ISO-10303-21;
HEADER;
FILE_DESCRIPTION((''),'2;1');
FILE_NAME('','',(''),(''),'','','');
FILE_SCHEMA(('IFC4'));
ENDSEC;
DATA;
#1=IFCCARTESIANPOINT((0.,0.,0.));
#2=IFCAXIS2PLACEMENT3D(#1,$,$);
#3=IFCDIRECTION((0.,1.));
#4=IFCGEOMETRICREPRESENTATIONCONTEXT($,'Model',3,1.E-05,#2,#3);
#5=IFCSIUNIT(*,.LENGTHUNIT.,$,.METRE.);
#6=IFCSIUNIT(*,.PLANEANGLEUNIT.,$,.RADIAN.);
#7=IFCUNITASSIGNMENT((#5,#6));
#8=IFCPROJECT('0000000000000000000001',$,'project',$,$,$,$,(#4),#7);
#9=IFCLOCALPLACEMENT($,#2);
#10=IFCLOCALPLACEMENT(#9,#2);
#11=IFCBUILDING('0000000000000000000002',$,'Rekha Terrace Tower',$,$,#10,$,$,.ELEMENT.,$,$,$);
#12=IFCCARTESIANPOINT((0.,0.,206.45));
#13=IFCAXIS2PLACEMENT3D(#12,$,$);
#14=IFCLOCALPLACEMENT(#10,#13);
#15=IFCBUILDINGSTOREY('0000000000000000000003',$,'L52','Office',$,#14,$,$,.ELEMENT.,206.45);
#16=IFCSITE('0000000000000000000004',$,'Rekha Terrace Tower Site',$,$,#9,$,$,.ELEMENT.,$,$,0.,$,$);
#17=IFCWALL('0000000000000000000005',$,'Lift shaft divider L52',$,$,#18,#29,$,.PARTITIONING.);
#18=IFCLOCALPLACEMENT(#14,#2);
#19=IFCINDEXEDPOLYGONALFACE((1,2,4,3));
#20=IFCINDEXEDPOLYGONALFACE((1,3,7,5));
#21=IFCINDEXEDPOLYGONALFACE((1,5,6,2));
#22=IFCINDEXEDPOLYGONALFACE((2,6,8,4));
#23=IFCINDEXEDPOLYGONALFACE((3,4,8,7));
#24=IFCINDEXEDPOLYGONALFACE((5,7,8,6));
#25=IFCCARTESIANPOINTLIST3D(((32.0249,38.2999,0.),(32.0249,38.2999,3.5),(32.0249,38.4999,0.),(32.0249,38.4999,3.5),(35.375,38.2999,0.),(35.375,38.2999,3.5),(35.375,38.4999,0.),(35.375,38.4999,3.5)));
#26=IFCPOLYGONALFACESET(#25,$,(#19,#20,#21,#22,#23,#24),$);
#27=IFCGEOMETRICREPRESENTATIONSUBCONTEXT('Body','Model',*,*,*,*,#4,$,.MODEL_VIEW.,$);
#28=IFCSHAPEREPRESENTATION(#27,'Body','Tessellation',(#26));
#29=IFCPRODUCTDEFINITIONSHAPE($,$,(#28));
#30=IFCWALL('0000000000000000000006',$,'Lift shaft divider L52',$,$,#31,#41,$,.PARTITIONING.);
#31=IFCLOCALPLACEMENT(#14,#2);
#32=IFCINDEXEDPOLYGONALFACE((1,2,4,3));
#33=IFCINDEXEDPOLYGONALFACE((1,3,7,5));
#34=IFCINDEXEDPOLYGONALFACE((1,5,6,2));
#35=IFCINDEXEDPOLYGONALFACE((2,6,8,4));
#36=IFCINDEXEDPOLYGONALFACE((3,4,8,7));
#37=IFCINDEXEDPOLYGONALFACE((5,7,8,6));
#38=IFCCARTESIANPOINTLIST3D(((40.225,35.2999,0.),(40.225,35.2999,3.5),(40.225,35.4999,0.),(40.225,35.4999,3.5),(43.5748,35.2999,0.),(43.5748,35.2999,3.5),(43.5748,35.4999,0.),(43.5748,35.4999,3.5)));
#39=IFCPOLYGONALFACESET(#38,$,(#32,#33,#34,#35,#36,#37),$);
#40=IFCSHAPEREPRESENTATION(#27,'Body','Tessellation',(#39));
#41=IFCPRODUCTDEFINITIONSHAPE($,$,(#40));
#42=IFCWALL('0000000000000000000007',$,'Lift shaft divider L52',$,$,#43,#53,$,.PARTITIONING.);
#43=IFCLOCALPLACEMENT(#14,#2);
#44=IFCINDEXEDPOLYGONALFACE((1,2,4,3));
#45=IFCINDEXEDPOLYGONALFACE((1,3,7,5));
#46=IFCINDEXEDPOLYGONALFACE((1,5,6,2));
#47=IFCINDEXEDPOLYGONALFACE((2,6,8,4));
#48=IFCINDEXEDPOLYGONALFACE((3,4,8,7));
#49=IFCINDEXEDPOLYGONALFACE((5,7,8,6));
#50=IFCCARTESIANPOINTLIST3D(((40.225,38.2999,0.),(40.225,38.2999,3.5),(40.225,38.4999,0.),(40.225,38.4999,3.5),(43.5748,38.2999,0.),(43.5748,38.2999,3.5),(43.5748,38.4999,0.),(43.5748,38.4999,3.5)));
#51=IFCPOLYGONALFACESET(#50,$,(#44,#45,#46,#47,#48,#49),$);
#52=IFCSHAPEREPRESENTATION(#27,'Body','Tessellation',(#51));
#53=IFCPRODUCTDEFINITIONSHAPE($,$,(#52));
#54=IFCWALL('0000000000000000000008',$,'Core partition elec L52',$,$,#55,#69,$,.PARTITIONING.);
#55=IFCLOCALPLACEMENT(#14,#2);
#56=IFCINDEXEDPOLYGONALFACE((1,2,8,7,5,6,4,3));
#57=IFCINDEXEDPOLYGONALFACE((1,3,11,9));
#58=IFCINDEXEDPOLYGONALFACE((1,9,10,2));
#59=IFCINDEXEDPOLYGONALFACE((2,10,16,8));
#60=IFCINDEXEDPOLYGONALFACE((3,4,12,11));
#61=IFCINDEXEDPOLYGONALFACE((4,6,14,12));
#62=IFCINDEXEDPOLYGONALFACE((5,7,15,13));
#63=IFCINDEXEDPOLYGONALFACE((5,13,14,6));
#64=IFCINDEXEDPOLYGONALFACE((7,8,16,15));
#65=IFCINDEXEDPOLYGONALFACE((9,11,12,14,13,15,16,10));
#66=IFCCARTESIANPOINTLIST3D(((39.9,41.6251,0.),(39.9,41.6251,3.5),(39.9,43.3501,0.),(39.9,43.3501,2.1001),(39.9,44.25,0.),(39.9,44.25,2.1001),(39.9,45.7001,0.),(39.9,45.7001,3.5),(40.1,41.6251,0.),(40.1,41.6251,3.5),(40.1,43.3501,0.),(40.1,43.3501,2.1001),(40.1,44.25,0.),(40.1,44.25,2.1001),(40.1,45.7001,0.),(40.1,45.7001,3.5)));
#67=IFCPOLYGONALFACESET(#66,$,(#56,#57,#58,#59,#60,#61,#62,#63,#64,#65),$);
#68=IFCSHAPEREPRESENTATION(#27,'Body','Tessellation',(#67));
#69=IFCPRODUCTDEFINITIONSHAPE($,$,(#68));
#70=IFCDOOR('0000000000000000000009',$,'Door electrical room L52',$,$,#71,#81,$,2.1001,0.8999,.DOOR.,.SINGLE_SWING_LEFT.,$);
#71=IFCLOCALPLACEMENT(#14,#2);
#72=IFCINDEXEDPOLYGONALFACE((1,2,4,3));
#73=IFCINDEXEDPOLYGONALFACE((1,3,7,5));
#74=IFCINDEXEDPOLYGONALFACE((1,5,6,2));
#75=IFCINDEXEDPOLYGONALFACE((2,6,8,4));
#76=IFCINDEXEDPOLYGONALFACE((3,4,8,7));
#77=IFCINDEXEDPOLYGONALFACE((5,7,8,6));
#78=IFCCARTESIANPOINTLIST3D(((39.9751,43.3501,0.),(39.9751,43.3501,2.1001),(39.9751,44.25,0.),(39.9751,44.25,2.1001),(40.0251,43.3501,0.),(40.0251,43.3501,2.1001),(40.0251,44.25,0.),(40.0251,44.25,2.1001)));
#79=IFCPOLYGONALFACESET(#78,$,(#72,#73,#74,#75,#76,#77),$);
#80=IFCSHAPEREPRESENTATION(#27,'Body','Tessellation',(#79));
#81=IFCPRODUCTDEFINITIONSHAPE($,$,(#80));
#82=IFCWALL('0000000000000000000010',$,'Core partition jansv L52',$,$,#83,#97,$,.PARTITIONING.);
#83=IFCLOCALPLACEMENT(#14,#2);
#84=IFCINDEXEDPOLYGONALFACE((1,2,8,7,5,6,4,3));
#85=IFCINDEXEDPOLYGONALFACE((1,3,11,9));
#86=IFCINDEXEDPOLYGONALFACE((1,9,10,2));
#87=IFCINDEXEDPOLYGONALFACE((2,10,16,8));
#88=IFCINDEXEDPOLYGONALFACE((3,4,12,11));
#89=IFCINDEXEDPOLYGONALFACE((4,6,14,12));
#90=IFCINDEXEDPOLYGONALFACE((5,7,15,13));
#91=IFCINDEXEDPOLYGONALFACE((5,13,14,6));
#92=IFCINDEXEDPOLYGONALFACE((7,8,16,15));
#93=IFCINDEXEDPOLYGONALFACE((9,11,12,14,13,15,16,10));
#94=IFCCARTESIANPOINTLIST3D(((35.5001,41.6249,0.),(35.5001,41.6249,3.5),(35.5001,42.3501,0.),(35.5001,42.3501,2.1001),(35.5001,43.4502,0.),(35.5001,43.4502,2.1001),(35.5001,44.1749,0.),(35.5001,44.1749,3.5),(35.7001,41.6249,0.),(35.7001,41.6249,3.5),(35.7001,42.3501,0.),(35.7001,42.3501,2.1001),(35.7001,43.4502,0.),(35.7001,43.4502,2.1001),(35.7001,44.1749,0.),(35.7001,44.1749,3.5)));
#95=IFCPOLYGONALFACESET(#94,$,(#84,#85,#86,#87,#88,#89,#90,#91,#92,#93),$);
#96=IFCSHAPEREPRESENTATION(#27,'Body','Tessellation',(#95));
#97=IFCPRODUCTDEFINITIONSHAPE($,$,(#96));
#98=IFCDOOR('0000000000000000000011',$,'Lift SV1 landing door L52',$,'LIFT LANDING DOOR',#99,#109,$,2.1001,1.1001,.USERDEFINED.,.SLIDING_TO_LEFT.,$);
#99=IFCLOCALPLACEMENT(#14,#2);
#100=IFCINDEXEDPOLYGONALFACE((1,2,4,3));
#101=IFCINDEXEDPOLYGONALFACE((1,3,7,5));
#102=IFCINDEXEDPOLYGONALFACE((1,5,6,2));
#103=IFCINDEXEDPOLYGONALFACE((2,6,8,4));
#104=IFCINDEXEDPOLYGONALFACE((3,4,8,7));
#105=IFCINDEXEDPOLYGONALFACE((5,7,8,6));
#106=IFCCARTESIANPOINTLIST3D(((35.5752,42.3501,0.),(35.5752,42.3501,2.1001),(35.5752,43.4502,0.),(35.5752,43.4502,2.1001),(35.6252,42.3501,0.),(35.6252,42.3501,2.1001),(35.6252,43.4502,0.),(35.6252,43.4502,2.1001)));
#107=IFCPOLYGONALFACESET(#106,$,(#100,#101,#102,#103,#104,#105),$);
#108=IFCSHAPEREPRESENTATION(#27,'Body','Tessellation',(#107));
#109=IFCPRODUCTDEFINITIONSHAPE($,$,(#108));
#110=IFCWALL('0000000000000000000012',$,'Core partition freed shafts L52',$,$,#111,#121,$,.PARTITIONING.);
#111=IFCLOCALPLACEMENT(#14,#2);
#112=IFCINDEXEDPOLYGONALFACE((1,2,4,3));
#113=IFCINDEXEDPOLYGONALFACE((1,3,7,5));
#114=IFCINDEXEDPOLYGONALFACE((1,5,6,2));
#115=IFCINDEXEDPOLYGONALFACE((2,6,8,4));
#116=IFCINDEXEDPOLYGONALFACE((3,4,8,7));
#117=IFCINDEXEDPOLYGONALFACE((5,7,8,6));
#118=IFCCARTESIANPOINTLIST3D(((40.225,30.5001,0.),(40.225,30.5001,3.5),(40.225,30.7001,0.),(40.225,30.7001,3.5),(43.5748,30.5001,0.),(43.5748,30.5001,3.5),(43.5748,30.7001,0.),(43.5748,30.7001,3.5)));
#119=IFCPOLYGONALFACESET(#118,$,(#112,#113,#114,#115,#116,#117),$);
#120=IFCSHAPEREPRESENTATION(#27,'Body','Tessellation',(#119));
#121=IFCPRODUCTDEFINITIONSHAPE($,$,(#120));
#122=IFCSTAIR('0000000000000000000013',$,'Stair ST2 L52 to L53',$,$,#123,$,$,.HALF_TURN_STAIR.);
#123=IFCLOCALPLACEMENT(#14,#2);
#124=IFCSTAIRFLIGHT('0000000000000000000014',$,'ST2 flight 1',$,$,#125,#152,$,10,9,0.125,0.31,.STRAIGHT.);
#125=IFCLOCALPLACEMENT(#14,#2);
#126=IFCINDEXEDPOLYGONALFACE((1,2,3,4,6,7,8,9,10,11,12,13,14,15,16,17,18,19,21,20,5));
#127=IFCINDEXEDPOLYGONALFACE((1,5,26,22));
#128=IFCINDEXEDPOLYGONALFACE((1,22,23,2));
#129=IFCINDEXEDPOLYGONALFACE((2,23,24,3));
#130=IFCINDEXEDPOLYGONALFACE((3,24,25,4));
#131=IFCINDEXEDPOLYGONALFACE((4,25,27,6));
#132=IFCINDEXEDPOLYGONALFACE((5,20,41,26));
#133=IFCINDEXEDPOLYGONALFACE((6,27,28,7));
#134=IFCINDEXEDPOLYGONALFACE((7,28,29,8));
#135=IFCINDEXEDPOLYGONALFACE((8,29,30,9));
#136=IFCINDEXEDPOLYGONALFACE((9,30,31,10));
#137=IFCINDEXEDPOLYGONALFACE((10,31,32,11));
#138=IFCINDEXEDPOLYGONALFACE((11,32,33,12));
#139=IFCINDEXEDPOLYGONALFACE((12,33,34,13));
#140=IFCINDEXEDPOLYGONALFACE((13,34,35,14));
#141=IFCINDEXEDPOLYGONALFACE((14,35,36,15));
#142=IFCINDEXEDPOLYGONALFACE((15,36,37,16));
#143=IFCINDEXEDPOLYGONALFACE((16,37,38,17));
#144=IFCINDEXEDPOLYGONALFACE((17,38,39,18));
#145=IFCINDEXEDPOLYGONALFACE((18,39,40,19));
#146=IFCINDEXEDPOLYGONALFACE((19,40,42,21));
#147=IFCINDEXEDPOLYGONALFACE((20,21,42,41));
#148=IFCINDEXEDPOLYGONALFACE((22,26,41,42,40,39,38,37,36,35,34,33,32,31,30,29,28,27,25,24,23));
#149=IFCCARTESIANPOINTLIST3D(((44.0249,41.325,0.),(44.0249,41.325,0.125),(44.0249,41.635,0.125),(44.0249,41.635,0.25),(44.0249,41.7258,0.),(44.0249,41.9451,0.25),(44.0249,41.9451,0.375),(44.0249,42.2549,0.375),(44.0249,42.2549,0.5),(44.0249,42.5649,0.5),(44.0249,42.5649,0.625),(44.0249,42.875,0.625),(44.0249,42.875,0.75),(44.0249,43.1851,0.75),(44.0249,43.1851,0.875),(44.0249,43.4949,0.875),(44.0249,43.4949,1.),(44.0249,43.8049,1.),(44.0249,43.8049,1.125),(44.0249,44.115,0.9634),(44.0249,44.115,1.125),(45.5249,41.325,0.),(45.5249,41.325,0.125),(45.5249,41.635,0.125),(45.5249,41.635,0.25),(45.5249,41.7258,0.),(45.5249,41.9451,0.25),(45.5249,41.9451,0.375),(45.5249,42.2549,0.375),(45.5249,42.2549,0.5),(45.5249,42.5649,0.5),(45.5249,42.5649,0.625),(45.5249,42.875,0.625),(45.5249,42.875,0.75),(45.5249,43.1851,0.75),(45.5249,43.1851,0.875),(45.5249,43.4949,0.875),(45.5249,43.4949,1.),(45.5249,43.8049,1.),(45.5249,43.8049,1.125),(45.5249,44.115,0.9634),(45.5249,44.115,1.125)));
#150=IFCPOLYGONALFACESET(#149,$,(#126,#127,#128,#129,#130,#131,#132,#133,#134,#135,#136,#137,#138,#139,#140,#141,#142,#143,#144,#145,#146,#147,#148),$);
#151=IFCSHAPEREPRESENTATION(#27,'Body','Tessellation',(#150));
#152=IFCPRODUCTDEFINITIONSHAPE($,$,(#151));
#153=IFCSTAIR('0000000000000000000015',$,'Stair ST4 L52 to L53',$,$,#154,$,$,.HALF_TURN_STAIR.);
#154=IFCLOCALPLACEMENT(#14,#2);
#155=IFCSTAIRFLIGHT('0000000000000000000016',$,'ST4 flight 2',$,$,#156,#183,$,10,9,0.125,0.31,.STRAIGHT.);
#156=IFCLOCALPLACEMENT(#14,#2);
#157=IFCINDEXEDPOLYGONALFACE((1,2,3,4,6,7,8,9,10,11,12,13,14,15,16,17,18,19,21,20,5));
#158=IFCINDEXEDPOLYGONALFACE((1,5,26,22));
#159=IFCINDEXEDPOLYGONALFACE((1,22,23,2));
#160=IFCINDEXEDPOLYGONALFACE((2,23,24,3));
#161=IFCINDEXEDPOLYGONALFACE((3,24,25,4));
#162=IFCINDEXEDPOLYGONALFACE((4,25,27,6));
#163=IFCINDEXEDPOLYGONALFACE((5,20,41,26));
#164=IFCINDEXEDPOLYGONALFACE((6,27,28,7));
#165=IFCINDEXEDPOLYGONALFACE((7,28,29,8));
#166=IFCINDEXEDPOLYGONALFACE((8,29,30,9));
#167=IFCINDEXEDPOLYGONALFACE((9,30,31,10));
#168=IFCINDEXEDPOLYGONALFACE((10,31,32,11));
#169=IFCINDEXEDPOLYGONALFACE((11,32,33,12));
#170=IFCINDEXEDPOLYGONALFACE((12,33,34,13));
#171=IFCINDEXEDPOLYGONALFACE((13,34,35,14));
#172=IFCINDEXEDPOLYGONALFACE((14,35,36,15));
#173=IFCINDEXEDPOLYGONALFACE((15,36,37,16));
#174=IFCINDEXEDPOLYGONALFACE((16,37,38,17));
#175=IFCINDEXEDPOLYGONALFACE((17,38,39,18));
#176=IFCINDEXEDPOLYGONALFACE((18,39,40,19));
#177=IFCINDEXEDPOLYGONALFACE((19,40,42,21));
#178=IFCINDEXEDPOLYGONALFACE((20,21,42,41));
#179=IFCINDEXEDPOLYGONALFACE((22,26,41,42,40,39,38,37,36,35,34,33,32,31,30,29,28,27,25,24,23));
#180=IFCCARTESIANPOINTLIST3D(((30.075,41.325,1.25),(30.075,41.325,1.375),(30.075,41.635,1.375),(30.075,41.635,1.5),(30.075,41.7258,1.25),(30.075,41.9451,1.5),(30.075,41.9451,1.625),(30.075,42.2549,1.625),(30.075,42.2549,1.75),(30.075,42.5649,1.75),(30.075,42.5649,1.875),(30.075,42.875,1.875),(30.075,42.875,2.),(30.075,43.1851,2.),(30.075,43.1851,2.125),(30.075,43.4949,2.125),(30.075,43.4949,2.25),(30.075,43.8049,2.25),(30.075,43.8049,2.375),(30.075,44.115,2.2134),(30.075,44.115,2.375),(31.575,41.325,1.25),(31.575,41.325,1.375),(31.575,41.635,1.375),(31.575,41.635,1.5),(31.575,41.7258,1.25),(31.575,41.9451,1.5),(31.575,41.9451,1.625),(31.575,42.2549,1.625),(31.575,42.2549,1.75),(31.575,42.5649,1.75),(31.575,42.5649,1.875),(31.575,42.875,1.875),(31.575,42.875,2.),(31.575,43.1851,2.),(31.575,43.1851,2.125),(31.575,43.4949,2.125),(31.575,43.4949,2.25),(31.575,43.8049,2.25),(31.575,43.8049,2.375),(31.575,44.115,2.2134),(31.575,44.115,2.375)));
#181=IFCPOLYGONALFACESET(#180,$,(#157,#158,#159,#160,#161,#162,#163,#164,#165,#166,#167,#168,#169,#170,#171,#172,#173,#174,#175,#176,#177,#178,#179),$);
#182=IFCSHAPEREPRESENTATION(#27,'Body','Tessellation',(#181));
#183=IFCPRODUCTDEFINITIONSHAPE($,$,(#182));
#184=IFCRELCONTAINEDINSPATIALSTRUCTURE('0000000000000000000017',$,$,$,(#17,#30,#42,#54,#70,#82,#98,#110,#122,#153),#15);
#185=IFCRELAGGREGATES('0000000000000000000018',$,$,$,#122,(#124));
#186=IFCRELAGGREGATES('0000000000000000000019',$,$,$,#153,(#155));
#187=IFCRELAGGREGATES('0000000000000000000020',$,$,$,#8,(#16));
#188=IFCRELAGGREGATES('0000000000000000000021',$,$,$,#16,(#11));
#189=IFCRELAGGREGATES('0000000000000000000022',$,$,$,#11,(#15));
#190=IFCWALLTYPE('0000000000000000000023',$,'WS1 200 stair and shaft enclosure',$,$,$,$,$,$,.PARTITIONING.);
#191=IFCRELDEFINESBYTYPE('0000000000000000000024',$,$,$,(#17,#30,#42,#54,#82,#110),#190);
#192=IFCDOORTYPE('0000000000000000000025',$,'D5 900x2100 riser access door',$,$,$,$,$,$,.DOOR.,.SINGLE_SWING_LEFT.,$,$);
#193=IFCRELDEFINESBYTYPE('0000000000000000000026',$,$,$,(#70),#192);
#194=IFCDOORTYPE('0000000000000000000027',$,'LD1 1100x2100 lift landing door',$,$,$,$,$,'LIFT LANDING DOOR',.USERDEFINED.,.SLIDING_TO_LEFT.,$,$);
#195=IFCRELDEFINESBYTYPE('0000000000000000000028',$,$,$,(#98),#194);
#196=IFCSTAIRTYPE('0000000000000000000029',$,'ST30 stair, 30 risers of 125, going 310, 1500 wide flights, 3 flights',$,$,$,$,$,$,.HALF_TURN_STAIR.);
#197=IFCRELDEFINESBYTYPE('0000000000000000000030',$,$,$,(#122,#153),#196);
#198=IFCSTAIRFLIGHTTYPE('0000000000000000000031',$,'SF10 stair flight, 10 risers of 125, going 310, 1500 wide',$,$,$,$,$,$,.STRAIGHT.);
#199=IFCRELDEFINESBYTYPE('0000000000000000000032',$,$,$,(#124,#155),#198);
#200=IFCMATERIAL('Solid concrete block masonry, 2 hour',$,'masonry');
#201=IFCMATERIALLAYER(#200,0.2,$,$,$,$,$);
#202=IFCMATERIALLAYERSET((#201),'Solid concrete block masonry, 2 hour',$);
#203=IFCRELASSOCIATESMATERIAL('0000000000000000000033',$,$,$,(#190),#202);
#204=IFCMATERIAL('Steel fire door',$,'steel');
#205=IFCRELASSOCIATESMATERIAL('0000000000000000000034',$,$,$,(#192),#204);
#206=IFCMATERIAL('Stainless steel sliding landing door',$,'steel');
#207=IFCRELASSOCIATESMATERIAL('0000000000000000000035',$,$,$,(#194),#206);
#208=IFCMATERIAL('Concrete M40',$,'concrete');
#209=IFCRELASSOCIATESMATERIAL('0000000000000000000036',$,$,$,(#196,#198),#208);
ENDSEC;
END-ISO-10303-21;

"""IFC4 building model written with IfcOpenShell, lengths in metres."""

from ifc_helpers import new_model, si_unit, direction, frame, frame_2d, origin, place, context, subcontext, project, spatial, polyline, rectangle, outline, extrude, material, layer, layer_set, type_object, element, fill, aggregate, save


model = new_model("IFC4")

# Units and contexts
model_context = context("Model", 3, precision=1e-05, world=origin(), true_north=direction((0.0, 1.0)))
body_context = subcontext(model_context, "Body", "Model", "MODEL_VIEW")
ifc_project = project(units=[si_unit("LENGTHUNIT", "METRE"), si_unit("PLANEANGLEUNIT", "RADIAN")], contexts=[model_context])

# Site, building, storey
site_placement = place(None, origin())
site = spatial("IfcSite", under=ifc_project, at=site_placement, Name="Rekha Terrace Tower Site", CompositionType="ELEMENT", RefElevation=0.0)
building_placement = place(site_placement, origin())
building = spatial("IfcBuilding", under=site, at=building_placement, Name="Rekha Terrace Tower", CompositionType="ELEMENT")
storey_placement = place(building_placement, frame((0.0, 0.0, 206.45)))
storey = spatial("IfcBuildingStorey", under=building, at=storey_placement, Name="L52", Description="Office", CompositionType="ELEMENT", Elevation=206.45)

# Shared definitions
ifc_material_1 = material(Name="Stainless steel sliding landing door", Category="steel")
ifc_material_2 = material(Name="Steel fire door", Category="steel")

# Walls
ifc_material_3 = material(Name="Solid concrete block masonry, 2 hour", Category="masonry")
ifc_layer_1 = layer(ifc_material_3, 0.2)
ifc_layer_set_1 = layer_set([ifc_layer_1], Name="Solid concrete block masonry, 2 hour")
wall_type_1 = type_object("IfcWallType", Name="WS1 200 stair and shaft enclosure", PredefinedType="PARTITIONING", material=ifc_layer_set_1)
for number, where, z_axis, x_axis, name in (
    (1, (32.0249, 38.3999, 0.0), (0.0, 0.0, 1.0), (1.0, 0.0, 0.0), "Lift shaft divider L52"),
):
    element("IfcWall", number, at=place(storey_placement, frame(where, z_axis=z_axis, x_axis=x_axis)), inside=storey, type_object=wall_type_1, Name=name, PredefinedType="PARTITIONING", context=body_context, shape_type="SweptSolid", body=[
        extrude(rectangle(XDim=3.3501, YDim=0.2, at=frame_2d((1.675, 0.0))), origin(), (0.0, 0.0, 1.0), 3.5),
    ])
for number, where, z_axis, x_axis, name in (
    (2, (40.2251, 35.3999, 0.0), (0.0, 0.0, 1.0), (1.0, 0.0, 0.0), "Lift shaft divider L52"),
    (3, (40.2251, 38.3999, 0.0), (0.0, 0.0, 1.0), (1.0, 0.0, 0.0), "Lift shaft divider L52"),
):
    element("IfcWall", number, at=place(storey_placement, frame(where, z_axis=z_axis, x_axis=x_axis)), inside=storey, type_object=wall_type_1, Name=name, PredefinedType="PARTITIONING", context=body_context, shape_type="SweptSolid", body=[
        extrude(rectangle(XDim=3.3499, YDim=0.2, at=frame_2d((1.6748, 0.0))), origin(), (0.0, 0.0, 1.0), 3.5),
    ])

# Walls, openings, doors
wall_1_placement = place(storey_placement, frame((40.0, 41.625, 0.0), z_axis=(0.0, 0.0, 1.0), x_axis=(0.0, 1.0, 0.0)))
wall_1 = element("IfcWall", 4, at=wall_1_placement, inside=storey, type_object=wall_type_1, Name="Core partition elec L52", PredefinedType="PARTITIONING", context=body_context, shape_type="SweptSolid", body=[
    extrude(rectangle(XDim=4.075, YDim=0.2, at=frame_2d((2.0376, 0.0))), origin(), (0.0, 0.0, 1.0), 3.5),
])
opening_1_placement = place(wall_1_placement, frame((1.7251, 0.0, 0.0)))
opening_1 = element("IfcOpeningElement", 5, at=opening_1_placement, cuts=wall_1, PredefinedType="OPENING", context=body_context, shape_type="SweptSolid", body=[
    extrude(rectangle(XDim=0.8999, YDim=2.1001, at=frame_2d((0.45, 1.05))), frame((0.0, 0.1099, 0.0), z_axis=(0.0, -1.0, 0.0), x_axis=(1.0, 0.0, 0.0)), (0.0, 0.0, 1.0), 0.22),
])
door_type_1 = type_object("IfcDoorType", Name="D5 900x2100 riser access door", OperationType="SINGLE_SWING_LEFT", PredefinedType="DOOR", material=ifc_material_2)
door_1_placement = place(opening_1_placement, origin())
door_1 = element("IfcDoor", 6, at=door_1_placement, inside=storey, type_object=door_type_1, Name="Door electrical room L52", OperationType="SINGLE_SWING_LEFT", OverallHeight=2.1001, OverallWidth=0.8999, PredefinedType="DOOR", context=body_context, shape_type="SweptSolid", body=[
    extrude(rectangle(XDim=0.8999, YDim=2.1001, at=frame_2d((0.45, 1.05))), frame((0.0, 0.0249, 0.0), z_axis=(0.0, -1.0, 0.0), x_axis=(1.0, 0.0, 0.0)), (0.0, 0.0, 1.0), 0.05),
])
fill(opening_1, door_1)
wall_2_placement = place(storey_placement, frame((35.6001, 41.625, 0.0), z_axis=(0.0, 0.0, 1.0), x_axis=(0.0, 1.0, 0.0)))
wall_2 = element("IfcWall", 7, at=wall_2_placement, inside=storey, type_object=wall_type_1, Name="Core partition jansv L52", PredefinedType="PARTITIONING", context=body_context, shape_type="SweptSolid", body=[
    extrude(rectangle(XDim=2.55, YDim=0.2, at=frame_2d((1.2749, 0.0))), origin(), (0.0, 0.0, 1.0), 3.5),
])
opening_2_placement = place(wall_2_placement, frame((0.7251, 0.0, 0.0)))
opening_2 = element("IfcOpeningElement", 8, at=opening_2_placement, cuts=wall_2, PredefinedType="OPENING", context=body_context, shape_type="SweptSolid", body=[
    extrude(rectangle(XDim=1.1001, YDim=2.1001, at=frame_2d((0.55, 1.05))), frame((0.0, 0.1099, 0.0), z_axis=(0.0, -1.0, 0.0), x_axis=(1.0, 0.0, 0.0)), (0.0, 0.0, 1.0), 0.22),
])
door_type_2 = type_object("IfcDoorType", Name="LD1 1100x2100 lift landing door", ElementType="LIFT LANDING DOOR", OperationType="SLIDING_TO_LEFT", PredefinedType="USERDEFINED", material=ifc_material_1)
door_2_placement = place(opening_2_placement, origin())
door_2 = element("IfcDoor", 9, at=door_2_placement, inside=storey, type_object=door_type_2, Name="Lift SV1 landing door L52", ObjectType="LIFT LANDING DOOR", OperationType="SLIDING_TO_LEFT", OverallHeight=2.1001, OverallWidth=1.1001, PredefinedType="USERDEFINED", context=body_context, shape_type="SweptSolid", body=[
    extrude(rectangle(XDim=1.1001, YDim=2.1001, at=frame_2d((0.55, 1.05))), frame((0.0, 0.0249, 0.0), z_axis=(0.0, -1.0, 0.0), x_axis=(1.0, 0.0, 0.0)), (0.0, 0.0, 1.0), 0.05),
])
fill(opening_2, door_2)

# Wall
wall_3_placement = place(storey_placement, frame((40.2251, 30.6001, 0.0), z_axis=(0.0, 0.0, 1.0), x_axis=(1.0, 0.0, 0.0)))
element("IfcWall", 10, at=wall_3_placement, inside=storey, type_object=wall_type_1, Name="Core partition freed shafts L52", PredefinedType="PARTITIONING", context=body_context, shape_type="SweptSolid", body=[
    extrude(rectangle(XDim=3.3499, YDim=0.2, at=frame_2d((1.6748, 0.0))), origin(), (0.0, 0.0, 1.0), 3.5),
])

# Stairs, stair flights
ifc_material_4 = material(Name="Concrete M40", Category="concrete")
stair_type = type_object("IfcStairType", Name="ST30 stair, 30 risers of 125, going 310, 1500 wide flights, 3 flights", PredefinedType="HALF_TURN_STAIR", material=ifc_material_4)
stair_1_placement = place(storey_placement, origin())
stair_1 = element("IfcStair", 11, at=stair_1_placement, inside=storey, type_object=stair_type, Name="Stair ST2 L52 to L53", PredefinedType="HALF_TURN_STAIR")
stair_flight_type = type_object("IfcStairFlightType", Name="SF10 stair flight, 10 risers of 125, going 310, 1500 wide", PredefinedType="STRAIGHT", material=ifc_material_4)
stair_flight_1_placement = place(storey_placement, frame((44.7749, 41.325, 0.0), z_axis=(0.0, 0.0, 1.0), x_axis=(0.0, 1.0, 0.0)))
stair_flight_1 = element("IfcStairFlight", 12, at=stair_flight_1_placement, type_object=stair_flight_type, Name="ST2 flight 1", NumberOfRisers=10, NumberOfTreads=9, PredefinedType="STRAIGHT", RiserHeight=0.125, TreadLength=0.31, context=body_context, shape_type="SweptSolid", body=[
    extrude(outline(polyline([(0.0, 0.0), (0.0, 0.125), (0.3101, 0.125), (0.3101, 0.25), (0.6201, 0.25), (0.6201, 0.375), (0.9299, 0.375), (0.9299, 0.5), (1.24, 0.5), (1.24, 0.625), (1.55, 0.625), (1.55, 0.75), (1.8601, 0.75), (1.8601, 0.875), (2.1699, 0.875), (2.1699, 1.0), (2.48, 1.0), (2.48, 1.125), (2.79, 1.125), (2.79, 1.25), (2.79, 0.9634), (0.4009, 0.0), (0.0, 0.0)])), frame((0.0, 0.75, 0.0), z_axis=(0.0, -1.0, 0.0), x_axis=(1.0, 0.0, 0.0)), (0.0, 0.0, 1.0), 1.5),
])
aggregate(stair_1, [stair_flight_1])
stair_2_placement = place(storey_placement, origin())
stair_2 = element("IfcStair", 13, at=stair_2_placement, inside=storey, type_object=stair_type, Name="Stair ST4 L52 to L53", PredefinedType="HALF_TURN_STAIR")
stair_flight_2_placement = place(storey_placement, frame((30.825, 41.325, 1.25), z_axis=(0.0, 0.0, 1.0), x_axis=(0.0, 1.0, 0.0)))
stair_flight_2 = element("IfcStairFlight", 14, at=stair_flight_2_placement, type_object=stair_flight_type, Name="ST4 flight 2", NumberOfRisers=10, NumberOfTreads=9, PredefinedType="STRAIGHT", RiserHeight=0.125, TreadLength=0.31, context=body_context, shape_type="SweptSolid", body=[
    extrude(outline(polyline([(0.0, 0.0), (0.0, 0.125), (0.3101, 0.125), (0.3101, 0.25), (0.6201, 0.25), (0.6201, 0.375), (0.9299, 0.375), (0.9299, 0.5), (1.24, 0.5), (1.24, 0.625), (1.55, 0.625), (1.55, 0.75), (1.8601, 0.75), (1.8601, 0.875), (2.1699, 0.875), (2.1699, 1.0), (2.48, 1.0), (2.48, 1.125), (2.79, 1.125), (2.79, 1.25), (2.79, 0.9634), (0.4009, 0.0), (0.0, 0.0)])), frame((0.0, 0.75, 0.0), z_axis=(0.0, -1.0, 0.0), x_axis=(1.0, 0.0, 0.0)), (0.0, 0.0, 1.0), 1.5),
])
aggregate(stair_2, [stair_flight_2])

save(model, "model.ifc")
